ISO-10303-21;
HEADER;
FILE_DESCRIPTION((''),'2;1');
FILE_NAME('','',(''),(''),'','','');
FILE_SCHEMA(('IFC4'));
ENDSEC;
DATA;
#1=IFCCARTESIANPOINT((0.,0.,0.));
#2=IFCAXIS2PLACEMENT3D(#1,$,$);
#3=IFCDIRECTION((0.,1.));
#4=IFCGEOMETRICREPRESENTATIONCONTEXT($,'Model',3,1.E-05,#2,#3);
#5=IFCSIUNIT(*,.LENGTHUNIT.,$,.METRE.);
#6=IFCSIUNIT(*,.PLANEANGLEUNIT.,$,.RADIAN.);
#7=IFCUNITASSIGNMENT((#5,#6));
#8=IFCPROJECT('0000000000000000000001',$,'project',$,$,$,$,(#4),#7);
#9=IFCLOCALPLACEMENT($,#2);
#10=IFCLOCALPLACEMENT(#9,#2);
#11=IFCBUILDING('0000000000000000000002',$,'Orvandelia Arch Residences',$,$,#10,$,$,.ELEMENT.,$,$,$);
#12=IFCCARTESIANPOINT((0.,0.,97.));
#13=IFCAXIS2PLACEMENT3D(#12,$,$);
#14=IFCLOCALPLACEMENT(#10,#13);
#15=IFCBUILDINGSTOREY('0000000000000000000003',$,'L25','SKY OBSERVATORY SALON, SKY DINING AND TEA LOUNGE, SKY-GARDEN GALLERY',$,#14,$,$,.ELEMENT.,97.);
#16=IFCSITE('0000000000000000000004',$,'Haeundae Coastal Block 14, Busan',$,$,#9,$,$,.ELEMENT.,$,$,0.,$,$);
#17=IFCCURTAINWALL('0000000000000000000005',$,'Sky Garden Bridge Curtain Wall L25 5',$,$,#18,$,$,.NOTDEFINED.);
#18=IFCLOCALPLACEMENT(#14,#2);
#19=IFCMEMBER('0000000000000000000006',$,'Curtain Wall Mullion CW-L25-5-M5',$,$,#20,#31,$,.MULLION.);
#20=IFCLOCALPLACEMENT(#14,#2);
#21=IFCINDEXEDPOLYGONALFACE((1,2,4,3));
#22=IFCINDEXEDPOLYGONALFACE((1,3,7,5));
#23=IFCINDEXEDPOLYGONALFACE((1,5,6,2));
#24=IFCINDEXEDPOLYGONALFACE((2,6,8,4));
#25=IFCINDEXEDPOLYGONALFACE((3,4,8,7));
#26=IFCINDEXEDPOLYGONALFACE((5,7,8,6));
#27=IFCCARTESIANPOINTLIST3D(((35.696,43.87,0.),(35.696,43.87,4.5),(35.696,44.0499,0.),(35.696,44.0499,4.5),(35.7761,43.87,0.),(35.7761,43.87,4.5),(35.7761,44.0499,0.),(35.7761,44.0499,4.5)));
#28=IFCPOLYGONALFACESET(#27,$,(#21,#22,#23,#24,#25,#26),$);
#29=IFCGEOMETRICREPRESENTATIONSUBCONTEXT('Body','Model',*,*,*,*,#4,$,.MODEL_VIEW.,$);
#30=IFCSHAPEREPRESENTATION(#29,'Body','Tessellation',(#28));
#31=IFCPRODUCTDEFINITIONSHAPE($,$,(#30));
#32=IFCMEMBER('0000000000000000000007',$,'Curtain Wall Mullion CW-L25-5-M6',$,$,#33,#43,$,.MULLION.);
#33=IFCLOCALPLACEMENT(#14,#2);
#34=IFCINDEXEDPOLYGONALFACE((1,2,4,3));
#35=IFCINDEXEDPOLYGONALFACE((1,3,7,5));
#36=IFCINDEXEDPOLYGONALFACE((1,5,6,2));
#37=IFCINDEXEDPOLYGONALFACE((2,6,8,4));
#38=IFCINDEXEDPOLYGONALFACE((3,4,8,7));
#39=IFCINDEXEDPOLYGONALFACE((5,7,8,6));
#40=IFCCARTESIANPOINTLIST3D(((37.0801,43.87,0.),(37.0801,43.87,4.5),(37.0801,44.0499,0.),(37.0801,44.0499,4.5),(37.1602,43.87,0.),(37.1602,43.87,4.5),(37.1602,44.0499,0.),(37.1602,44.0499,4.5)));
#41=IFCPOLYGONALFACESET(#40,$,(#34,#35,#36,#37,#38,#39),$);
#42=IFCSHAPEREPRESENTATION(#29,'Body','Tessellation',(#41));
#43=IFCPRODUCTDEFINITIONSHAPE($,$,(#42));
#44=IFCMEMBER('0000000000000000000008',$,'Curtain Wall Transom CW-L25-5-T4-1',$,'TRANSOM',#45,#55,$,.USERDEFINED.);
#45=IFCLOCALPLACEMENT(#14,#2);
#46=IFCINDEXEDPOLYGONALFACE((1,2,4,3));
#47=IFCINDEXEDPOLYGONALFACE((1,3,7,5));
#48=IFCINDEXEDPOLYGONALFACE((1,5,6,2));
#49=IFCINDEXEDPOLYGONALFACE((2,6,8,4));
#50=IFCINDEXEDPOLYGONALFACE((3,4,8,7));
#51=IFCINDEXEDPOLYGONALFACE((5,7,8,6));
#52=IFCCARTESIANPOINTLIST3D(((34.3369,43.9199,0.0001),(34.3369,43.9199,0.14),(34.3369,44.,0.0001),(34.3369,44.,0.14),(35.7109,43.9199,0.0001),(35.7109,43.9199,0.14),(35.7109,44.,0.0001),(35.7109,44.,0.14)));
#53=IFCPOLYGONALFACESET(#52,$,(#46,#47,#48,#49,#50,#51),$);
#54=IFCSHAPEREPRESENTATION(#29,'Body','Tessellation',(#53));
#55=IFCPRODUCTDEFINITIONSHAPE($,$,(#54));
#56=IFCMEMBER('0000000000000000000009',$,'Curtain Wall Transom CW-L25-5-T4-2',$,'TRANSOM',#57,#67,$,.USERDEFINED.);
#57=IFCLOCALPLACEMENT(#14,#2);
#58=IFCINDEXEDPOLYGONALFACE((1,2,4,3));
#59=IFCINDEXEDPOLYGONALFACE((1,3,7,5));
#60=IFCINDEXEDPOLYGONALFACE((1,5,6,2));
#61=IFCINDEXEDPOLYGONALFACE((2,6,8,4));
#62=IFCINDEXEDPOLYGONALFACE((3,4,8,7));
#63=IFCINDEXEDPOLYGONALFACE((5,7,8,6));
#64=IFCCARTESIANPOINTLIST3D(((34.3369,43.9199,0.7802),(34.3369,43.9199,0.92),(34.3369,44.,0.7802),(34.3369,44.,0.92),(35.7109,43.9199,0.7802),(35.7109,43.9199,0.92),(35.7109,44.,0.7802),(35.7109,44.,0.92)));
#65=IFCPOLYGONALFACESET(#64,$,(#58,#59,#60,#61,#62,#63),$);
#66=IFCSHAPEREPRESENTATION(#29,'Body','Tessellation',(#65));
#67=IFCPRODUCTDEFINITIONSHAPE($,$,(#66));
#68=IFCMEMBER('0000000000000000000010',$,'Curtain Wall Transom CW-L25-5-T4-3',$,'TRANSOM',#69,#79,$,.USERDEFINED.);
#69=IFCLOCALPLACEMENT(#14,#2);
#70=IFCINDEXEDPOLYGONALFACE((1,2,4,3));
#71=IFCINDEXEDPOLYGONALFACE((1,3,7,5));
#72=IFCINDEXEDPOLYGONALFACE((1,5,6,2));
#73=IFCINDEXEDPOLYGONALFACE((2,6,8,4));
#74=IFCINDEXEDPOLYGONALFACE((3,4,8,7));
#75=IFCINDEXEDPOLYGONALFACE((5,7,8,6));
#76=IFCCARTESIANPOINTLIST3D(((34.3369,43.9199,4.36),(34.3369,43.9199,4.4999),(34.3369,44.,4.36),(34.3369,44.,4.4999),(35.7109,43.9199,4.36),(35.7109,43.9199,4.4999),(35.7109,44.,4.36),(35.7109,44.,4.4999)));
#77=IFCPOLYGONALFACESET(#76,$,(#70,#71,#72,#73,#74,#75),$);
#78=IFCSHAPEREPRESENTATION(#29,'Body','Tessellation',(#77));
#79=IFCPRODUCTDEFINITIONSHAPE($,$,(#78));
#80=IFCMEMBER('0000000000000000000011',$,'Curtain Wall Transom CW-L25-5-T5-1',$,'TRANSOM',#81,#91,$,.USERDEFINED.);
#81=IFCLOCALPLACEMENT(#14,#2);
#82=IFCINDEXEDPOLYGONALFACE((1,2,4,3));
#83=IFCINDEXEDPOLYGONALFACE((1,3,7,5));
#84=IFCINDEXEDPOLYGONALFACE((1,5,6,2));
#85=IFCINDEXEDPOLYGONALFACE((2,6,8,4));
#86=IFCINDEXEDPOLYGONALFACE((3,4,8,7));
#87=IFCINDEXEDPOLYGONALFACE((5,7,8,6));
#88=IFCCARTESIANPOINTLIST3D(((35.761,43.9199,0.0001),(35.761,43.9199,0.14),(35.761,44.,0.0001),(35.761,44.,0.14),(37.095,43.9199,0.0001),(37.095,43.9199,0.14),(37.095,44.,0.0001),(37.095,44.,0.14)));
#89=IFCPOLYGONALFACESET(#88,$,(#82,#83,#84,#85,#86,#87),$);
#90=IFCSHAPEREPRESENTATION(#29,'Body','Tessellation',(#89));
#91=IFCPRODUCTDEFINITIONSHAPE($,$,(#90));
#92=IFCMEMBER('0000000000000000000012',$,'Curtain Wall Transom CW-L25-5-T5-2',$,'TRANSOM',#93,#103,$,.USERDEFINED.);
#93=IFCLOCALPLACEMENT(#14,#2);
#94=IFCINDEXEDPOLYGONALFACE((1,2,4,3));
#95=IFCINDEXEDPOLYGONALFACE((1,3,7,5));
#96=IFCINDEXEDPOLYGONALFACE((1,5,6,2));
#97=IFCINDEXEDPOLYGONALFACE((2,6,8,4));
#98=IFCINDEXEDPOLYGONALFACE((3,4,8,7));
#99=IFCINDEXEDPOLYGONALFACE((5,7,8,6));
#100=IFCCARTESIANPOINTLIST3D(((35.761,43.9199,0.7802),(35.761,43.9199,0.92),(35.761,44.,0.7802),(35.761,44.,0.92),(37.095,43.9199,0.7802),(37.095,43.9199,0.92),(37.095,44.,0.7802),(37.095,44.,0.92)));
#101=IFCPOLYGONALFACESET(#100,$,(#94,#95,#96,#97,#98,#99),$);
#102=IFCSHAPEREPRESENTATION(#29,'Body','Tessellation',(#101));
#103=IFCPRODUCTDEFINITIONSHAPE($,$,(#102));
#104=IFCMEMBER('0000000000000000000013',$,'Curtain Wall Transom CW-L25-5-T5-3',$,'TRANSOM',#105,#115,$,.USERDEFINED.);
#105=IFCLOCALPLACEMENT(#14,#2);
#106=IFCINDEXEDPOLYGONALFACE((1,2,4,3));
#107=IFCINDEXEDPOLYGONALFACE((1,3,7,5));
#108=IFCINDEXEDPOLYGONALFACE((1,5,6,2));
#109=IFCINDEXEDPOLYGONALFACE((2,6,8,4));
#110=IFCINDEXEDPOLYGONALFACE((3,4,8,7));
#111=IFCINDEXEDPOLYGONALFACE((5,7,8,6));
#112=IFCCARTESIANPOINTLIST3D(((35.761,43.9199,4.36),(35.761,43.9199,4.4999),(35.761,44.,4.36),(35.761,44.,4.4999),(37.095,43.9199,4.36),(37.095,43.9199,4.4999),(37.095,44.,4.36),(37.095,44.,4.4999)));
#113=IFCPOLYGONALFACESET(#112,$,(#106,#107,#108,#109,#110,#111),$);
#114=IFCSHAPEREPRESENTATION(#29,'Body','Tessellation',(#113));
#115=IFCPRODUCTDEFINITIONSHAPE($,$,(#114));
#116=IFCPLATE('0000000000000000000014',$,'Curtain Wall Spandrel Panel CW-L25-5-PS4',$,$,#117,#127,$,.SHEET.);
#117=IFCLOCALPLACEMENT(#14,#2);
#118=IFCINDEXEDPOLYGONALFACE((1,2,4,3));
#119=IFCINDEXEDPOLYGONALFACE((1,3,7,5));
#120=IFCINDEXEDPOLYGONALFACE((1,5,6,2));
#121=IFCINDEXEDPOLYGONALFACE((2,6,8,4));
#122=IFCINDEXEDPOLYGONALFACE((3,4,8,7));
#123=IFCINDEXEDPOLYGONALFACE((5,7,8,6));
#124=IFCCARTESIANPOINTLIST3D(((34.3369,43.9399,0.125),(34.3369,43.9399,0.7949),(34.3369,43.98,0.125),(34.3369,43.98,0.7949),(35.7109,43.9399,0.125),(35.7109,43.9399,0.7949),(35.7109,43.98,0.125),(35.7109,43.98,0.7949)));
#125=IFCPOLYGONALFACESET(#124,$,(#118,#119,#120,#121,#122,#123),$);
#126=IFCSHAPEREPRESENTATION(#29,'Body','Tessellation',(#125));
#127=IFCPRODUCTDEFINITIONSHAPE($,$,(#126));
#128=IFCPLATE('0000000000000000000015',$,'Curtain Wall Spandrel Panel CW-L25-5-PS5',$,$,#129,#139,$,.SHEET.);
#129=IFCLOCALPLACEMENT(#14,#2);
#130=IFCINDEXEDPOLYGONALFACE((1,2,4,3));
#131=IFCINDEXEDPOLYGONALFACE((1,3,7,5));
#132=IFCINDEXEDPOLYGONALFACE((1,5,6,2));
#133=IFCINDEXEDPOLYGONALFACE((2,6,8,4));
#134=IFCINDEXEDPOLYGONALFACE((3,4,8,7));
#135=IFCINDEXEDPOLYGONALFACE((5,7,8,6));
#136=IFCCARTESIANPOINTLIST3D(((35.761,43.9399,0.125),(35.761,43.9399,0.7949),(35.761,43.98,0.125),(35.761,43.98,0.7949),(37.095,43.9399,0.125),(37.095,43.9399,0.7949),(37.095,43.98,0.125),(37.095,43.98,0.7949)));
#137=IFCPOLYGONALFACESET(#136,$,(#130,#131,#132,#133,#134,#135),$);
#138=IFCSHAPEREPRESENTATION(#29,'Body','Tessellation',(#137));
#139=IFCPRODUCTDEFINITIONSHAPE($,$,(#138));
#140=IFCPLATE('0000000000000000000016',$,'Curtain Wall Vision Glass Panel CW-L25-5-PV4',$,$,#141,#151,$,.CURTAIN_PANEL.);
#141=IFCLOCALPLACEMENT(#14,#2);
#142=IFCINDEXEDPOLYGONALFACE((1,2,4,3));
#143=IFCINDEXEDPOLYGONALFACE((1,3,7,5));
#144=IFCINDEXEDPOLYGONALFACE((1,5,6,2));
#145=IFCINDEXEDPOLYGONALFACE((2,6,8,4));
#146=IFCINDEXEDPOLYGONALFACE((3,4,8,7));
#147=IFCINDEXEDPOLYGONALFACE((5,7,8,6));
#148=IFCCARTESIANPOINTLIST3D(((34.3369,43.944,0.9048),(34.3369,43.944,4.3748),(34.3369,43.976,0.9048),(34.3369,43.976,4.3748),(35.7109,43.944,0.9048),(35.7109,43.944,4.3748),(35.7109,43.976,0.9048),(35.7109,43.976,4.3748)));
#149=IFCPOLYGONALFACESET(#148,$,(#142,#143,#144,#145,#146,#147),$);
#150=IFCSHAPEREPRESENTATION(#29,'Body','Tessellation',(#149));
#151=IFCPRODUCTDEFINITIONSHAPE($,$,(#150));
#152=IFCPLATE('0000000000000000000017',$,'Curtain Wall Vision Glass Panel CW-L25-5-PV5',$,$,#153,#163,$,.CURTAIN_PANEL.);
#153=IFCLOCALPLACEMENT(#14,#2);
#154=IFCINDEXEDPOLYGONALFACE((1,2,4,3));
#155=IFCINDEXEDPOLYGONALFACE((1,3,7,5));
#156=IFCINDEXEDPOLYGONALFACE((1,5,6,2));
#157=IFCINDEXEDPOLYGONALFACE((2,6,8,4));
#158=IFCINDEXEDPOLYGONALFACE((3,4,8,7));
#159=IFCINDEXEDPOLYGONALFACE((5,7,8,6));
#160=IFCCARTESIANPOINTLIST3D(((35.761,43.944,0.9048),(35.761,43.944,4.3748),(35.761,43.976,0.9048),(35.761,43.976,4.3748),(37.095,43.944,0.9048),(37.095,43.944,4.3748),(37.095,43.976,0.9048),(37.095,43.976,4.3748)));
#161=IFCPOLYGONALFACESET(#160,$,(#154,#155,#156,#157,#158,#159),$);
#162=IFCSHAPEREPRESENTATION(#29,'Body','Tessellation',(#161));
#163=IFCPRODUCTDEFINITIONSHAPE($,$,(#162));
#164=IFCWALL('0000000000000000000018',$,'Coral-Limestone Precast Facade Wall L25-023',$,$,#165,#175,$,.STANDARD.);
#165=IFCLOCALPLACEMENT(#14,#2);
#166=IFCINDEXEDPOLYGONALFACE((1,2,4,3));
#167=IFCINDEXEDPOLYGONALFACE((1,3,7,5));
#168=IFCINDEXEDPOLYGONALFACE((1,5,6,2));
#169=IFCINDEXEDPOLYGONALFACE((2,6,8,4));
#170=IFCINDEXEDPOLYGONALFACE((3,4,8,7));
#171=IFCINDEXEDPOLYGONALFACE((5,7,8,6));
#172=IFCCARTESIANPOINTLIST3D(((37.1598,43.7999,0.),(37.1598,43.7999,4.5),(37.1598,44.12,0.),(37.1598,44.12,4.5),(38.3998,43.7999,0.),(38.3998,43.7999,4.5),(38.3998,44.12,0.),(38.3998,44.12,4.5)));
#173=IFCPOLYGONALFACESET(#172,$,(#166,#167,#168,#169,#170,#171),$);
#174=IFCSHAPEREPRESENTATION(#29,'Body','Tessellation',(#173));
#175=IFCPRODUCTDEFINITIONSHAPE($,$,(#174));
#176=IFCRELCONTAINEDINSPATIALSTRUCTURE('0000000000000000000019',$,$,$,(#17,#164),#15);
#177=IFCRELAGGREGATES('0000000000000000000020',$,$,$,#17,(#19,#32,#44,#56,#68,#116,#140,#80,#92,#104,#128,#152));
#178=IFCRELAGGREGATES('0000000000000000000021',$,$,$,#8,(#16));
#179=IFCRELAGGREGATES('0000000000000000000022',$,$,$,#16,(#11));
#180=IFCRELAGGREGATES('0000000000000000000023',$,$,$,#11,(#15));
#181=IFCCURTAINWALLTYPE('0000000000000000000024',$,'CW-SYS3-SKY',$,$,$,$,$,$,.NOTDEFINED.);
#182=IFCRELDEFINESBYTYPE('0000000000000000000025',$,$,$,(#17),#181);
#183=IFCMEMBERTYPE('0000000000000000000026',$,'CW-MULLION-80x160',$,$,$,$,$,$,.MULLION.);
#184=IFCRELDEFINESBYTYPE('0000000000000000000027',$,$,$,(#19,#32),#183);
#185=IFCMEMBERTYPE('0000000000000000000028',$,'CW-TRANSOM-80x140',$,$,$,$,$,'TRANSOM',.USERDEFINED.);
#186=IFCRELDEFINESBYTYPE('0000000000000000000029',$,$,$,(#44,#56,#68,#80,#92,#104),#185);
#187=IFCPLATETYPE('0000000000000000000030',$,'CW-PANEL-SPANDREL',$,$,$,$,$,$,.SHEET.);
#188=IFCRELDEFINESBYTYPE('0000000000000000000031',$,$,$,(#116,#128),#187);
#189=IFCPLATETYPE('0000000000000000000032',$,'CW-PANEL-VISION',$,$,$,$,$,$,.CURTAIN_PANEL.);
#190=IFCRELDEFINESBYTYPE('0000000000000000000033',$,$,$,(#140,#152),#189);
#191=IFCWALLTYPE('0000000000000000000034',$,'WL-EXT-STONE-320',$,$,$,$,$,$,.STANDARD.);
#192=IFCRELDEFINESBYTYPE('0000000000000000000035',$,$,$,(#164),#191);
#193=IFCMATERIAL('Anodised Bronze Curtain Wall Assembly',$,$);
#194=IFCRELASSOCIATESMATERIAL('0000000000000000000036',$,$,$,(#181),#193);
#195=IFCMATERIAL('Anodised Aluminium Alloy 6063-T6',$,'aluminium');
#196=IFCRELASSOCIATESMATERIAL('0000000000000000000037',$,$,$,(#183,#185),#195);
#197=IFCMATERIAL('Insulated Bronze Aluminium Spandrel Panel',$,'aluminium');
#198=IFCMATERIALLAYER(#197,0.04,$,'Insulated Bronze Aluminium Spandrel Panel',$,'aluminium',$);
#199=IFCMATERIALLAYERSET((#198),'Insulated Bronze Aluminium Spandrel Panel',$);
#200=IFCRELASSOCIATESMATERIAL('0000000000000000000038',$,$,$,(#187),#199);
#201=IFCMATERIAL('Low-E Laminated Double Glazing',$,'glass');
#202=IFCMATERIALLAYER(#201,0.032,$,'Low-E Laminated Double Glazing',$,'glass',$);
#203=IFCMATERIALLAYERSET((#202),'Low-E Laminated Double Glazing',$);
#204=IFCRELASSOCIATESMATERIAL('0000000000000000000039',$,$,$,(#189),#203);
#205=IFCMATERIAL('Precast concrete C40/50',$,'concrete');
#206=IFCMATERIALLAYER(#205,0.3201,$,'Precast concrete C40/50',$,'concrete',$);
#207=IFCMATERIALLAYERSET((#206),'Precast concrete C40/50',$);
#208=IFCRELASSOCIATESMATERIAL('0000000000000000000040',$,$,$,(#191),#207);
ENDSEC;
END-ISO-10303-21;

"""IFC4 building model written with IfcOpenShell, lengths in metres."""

from ifc_helpers import new_model, si_unit, direction, frame, frame_2d, origin, origin_2d, place, context, subcontext, project, spatial, rectangle, extrude, material, layer, layer_set, material_profile, profile_set, type_object, element, aggregate, save


model = new_model("IFC4")

# Units and contexts
model_context = context("Model", 3, precision=1e-05, world=origin(), true_north=direction((0.0, 1.0)))
body_context = subcontext(model_context, "Body", "Model", "MODEL_VIEW")
ifc_project = project(units=[si_unit("LENGTHUNIT", "METRE"), si_unit("PLANEANGLEUNIT", "RADIAN")], contexts=[model_context])

# Site, building, storey
site_placement = place(None, origin())
site = spatial("IfcSite", under=ifc_project, at=site_placement, Name="Haeundae Coastal Block 14, Busan", CompositionType="ELEMENT", RefElevation=0.0)
building_placement = place(site_placement, origin())
building = spatial("IfcBuilding", under=site, at=building_placement, Name="Orvandelia Arch Residences", CompositionType="ELEMENT")
storey_placement = place(building_placement, frame((0.0, 0.0, 97.0)))
storey = spatial("IfcBuildingStorey", under=building, at=storey_placement, Name="L25", Description="SKY OBSERVATORY SALON, SKY DINING AND TEA LOUNGE, SKY-GARDEN GALLERY", CompositionType="ELEMENT", Elevation=97.0)

# Curtain wall, members, plates
ifc_material_1 = material(Name="Anodised Bronze Curtain Wall Assembly")
curtain_wall_type = type_object("IfcCurtainWallType", Name="CW-SYS3-SKY", PredefinedType="NOTDEFINED", material=ifc_material_1)
curtain_wall_placement = place(storey_placement, origin())
curtain_wall = element("IfcCurtainWall", 1, at=curtain_wall_placement, inside=storey, type_object=curtain_wall_type, Name="Sky Garden Bridge Curtain Wall L25 5", PredefinedType="NOTDEFINED")
ifc_material_2 = material(Name="Anodised Aluminium Alloy 6063-T6", Category="aluminium")
ifc_material_profile_1 = material_profile(ifc_material_2, rectangle(XDim=0.0801, YDim=0.1799, at=origin_2d()), Name="Anodised Aluminium Alloy 6063-T6", Category="aluminium")
ifc_profile_set_1 = profile_set([ifc_material_profile_1], Name="Anodised Aluminium Alloy 6063-T6")
member_type_1 = type_object("IfcMemberType", Name="CW-MULLION-80x160", PredefinedType="MULLION", material=ifc_profile_set_1)
member_1_placement = place(storey_placement, frame((35.7361, 43.96, 0.0), z_axis=(0.0, 0.0, 1.0), x_axis=(1.0, 0.0, 0.0)))
member_1 = element("IfcMember", 2, at=member_1_placement, type_object=member_type_1, Name="Curtain Wall Mullion CW-L25-5-M5", PredefinedType="MULLION", context=body_context, shape_type="SweptSolid", body=[
    extrude(rectangle(XDim=0.0801, YDim=0.1799, at=origin_2d()), origin(), (0.0, 0.0, 1.0), 4.5),
])
member_2_placement = place(storey_placement, frame((37.1201, 43.96, 0.0), z_axis=(0.0, 0.0, 1.0), x_axis=(1.0, 0.0, 0.0)))
member_2 = element("IfcMember", 3, at=member_2_placement, type_object=member_type_1, Name="Curtain Wall Mullion CW-L25-5-M6", PredefinedType="MULLION", context=body_context, shape_type="SweptSolid", body=[
    extrude(rectangle(XDim=0.0801, YDim=0.1799, at=origin_2d()), origin(), (0.0, 0.0, 1.0), 4.5),
])
ifc_material_profile_2 = material_profile(ifc_material_2, rectangle(XDim=0.0801, YDim=0.1399, at=origin_2d()), Name="Anodised Aluminium Alloy 6063-T6", Category="aluminium")
ifc_profile_set_2 = profile_set([ifc_material_profile_2], Name="Anodised Aluminium Alloy 6063-T6")
member_type_2 = type_object("IfcMemberType", Name="CW-TRANSOM-80x140", ElementType="TRANSOM", PredefinedType="USERDEFINED", material=ifc_profile_set_2)
member_3_placement = place(storey_placement, frame((34.3369, 43.96, 0.0701), z_axis=(1.0, 0.0, 0.0), x_axis=(0.0, 1.0, 0.0)))
member_3 = element("IfcMember", 4, at=member_3_placement, type_object=member_type_2, Name="Curtain Wall Transom CW-L25-5-T4-1", ObjectType="TRANSOM", PredefinedType="USERDEFINED", context=body_context, shape_type="SweptSolid", body=[
    extrude(rectangle(XDim=0.0801, YDim=0.1399, at=origin_2d()), origin(), (0.0, 0.0, 1.0), 1.374),
])
member_4_placement = place(storey_placement, frame((34.3369, 43.96, 0.8501), z_axis=(1.0, 0.0, 0.0), x_axis=(0.0, 1.0, 0.0)))
member_4 = element("IfcMember", 5, at=member_4_placement, type_object=member_type_2, Name="Curtain Wall Transom CW-L25-5-T4-2", ObjectType="TRANSOM", PredefinedType="USERDEFINED", context=body_context, shape_type="SweptSolid", body=[
    extrude(rectangle(XDim=0.0801, YDim=0.1399, at=origin_2d()), origin(), (0.0, 0.0, 1.0), 1.374),
])
member_5_placement = place(storey_placement, frame((34.3369, 43.96, 4.4299), z_axis=(1.0, 0.0, 0.0), x_axis=(0.0, 1.0, 0.0)))
member_5 = element("IfcMember", 6, at=member_5_placement, type_object=member_type_2, Name="Curtain Wall Transom CW-L25-5-T4-3", ObjectType="TRANSOM", PredefinedType="USERDEFINED", context=body_context, shape_type="SweptSolid", body=[
    extrude(rectangle(XDim=0.0801, YDim=0.1399, at=origin_2d()), origin(), (0.0, 0.0, 1.0), 1.374),
])
member_6_placement = place(storey_placement, frame((35.761, 43.96, 0.0701), z_axis=(1.0, 0.0, 0.0), x_axis=(0.0, 1.0, 0.0)))
member_6 = element("IfcMember", 7, at=member_6_placement, type_object=member_type_2, Name="Curtain Wall Transom CW-L25-5-T5-1", ObjectType="TRANSOM", PredefinedType="USERDEFINED", context=body_context, shape_type="SweptSolid", body=[
    extrude(rectangle(XDim=0.0801, YDim=0.1399, at=origin_2d()), origin(), (0.0, 0.0, 1.0), 1.334),
])
member_7_placement = place(storey_placement, frame((35.761, 43.96, 0.8501), z_axis=(1.0, 0.0, 0.0), x_axis=(0.0, 1.0, 0.0)))
member_7 = element("IfcMember", 8, at=member_7_placement, type_object=member_type_2, Name="Curtain Wall Transom CW-L25-5-T5-2", ObjectType="TRANSOM", PredefinedType="USERDEFINED", context=body_context, shape_type="SweptSolid", body=[
    extrude(rectangle(XDim=0.0801, YDim=0.1399, at=origin_2d()), origin(), (0.0, 0.0, 1.0), 1.334),
])
member_8_placement = place(storey_placement, frame((35.761, 43.96, 4.4299), z_axis=(1.0, 0.0, 0.0), x_axis=(0.0, 1.0, 0.0)))
member_8 = element("IfcMember", 9, at=member_8_placement, type_object=member_type_2, Name="Curtain Wall Transom CW-L25-5-T5-3", ObjectType="TRANSOM", PredefinedType="USERDEFINED", context=body_context, shape_type="SweptSolid", body=[
    extrude(rectangle(XDim=0.0801, YDim=0.1399, at=origin_2d()), origin(), (0.0, 0.0, 1.0), 1.334),
])
ifc_material_3 = material(Name="Insulated Bronze Aluminium Spandrel Panel", Category="aluminium")
ifc_layer_1 = layer(ifc_material_3, 0.04, Name="Insulated Bronze Aluminium Spandrel Panel", Category="aluminium")
ifc_layer_set_1 = layer_set([ifc_layer_1], Name="Insulated Bronze Aluminium Spandrel Panel")
plate_type_1 = type_object("IfcPlateType", Name="CW-PANEL-SPANDREL", PredefinedType="SHEET", material=ifc_layer_set_1)
plate_1_placement = place(storey_placement, frame((35.0239, 43.96, 0.125), z_axis=(0.0, 0.0, 1.0), x_axis=(1.0, 0.0, 0.0)))
plate_1 = element("IfcPlate", 10, at=plate_1_placement, type_object=plate_type_1, Name="Curtain Wall Spandrel Panel CW-L25-5-PS4", PredefinedType="SHEET", context=body_context, shape_type="SweptSolid", body=[
    extrude(rectangle(XDim=1.374, YDim=0.04, at=origin_2d()), origin(), (0.0, 0.0, 1.0), 0.6699),
])
plate_2_placement = place(storey_placement, frame((36.428, 43.96, 0.125), z_axis=(0.0, 0.0, 1.0), x_axis=(1.0, 0.0, 0.0)))
plate_2 = element("IfcPlate", 11, at=plate_2_placement, type_object=plate_type_1, Name="Curtain Wall Spandrel Panel CW-L25-5-PS5", PredefinedType="SHEET", context=body_context, shape_type="SweptSolid", body=[
    extrude(rectangle(XDim=1.334, YDim=0.04, at=origin_2d()), origin(), (0.0, 0.0, 1.0), 0.6699),
])
ifc_material_4 = material(Name="Low-E Laminated Double Glazing", Category="glass")
ifc_layer_2 = layer(ifc_material_4, 0.032, Name="Low-E Laminated Double Glazing", Category="glass")
ifc_layer_set_2 = layer_set([ifc_layer_2], Name="Low-E Laminated Double Glazing")
plate_type_2 = type_object("IfcPlateType", Name="CW-PANEL-VISION", PredefinedType="CURTAIN_PANEL", material=ifc_layer_set_2)
plate_3_placement = place(storey_placement, frame((35.0239, 43.96, 0.9048), z_axis=(0.0, 0.0, 1.0), x_axis=(1.0, 0.0, 0.0)))
plate_3 = element("IfcPlate", 12, at=plate_3_placement, type_object=plate_type_2, Name="Curtain Wall Vision Glass Panel CW-L25-5-PV4", PredefinedType="CURTAIN_PANEL", context=body_context, shape_type="SweptSolid", body=[
    extrude(rectangle(XDim=1.374, YDim=0.032, at=origin_2d()), origin(), (0.0, 0.0, 1.0), 3.47),
])
plate_4_placement = place(storey_placement, frame((36.428, 43.96, 0.9048), z_axis=(0.0, 0.0, 1.0), x_axis=(1.0, 0.0, 0.0)))
plate_4 = element("IfcPlate", 13, at=plate_4_placement, type_object=plate_type_2, Name="Curtain Wall Vision Glass Panel CW-L25-5-PV5", PredefinedType="CURTAIN_PANEL", context=body_context, shape_type="SweptSolid", body=[
    extrude(rectangle(XDim=1.334, YDim=0.032, at=origin_2d()), origin(), (0.0, 0.0, 1.0), 3.47),
])
aggregate(curtain_wall, [member_1, member_2, member_3, member_4, member_5, plate_1, plate_3, member_6, member_7, member_8, plate_2, plate_4])

# Wall
ifc_material_5 = material(Name="Precast concrete C40/50", Category="concrete")
ifc_layer_3 = layer(ifc_material_5, 0.3201, Name="Precast concrete C40/50", Category="concrete")
ifc_layer_set_3 = layer_set([ifc_layer_3], Name="Precast concrete C40/50")
wall_type = type_object("IfcWallType", Name="WL-EXT-STONE-320", PredefinedType="STANDARD", material=ifc_layer_set_3)
wall_placement = place(storey_placement, frame((38.3999, 43.96, 0.0), z_axis=(0.0, 0.0, 1.0), x_axis=(-1.0, 0.0, 0.0)))
element("IfcWall", 14, at=wall_placement, inside=storey, type_object=wall_type, Name="Coral-Limestone Precast Facade Wall L25-023", PredefinedType="STANDARD", context=body_context, shape_type="SweptSolid", body=[
    extrude(rectangle(XDim=1.24, YDim=0.3201, at=frame_2d((0.6201, 0.0))), origin(), (0.0, 0.0, 1.0), 4.5),
])

save(model, "model.ifc")
